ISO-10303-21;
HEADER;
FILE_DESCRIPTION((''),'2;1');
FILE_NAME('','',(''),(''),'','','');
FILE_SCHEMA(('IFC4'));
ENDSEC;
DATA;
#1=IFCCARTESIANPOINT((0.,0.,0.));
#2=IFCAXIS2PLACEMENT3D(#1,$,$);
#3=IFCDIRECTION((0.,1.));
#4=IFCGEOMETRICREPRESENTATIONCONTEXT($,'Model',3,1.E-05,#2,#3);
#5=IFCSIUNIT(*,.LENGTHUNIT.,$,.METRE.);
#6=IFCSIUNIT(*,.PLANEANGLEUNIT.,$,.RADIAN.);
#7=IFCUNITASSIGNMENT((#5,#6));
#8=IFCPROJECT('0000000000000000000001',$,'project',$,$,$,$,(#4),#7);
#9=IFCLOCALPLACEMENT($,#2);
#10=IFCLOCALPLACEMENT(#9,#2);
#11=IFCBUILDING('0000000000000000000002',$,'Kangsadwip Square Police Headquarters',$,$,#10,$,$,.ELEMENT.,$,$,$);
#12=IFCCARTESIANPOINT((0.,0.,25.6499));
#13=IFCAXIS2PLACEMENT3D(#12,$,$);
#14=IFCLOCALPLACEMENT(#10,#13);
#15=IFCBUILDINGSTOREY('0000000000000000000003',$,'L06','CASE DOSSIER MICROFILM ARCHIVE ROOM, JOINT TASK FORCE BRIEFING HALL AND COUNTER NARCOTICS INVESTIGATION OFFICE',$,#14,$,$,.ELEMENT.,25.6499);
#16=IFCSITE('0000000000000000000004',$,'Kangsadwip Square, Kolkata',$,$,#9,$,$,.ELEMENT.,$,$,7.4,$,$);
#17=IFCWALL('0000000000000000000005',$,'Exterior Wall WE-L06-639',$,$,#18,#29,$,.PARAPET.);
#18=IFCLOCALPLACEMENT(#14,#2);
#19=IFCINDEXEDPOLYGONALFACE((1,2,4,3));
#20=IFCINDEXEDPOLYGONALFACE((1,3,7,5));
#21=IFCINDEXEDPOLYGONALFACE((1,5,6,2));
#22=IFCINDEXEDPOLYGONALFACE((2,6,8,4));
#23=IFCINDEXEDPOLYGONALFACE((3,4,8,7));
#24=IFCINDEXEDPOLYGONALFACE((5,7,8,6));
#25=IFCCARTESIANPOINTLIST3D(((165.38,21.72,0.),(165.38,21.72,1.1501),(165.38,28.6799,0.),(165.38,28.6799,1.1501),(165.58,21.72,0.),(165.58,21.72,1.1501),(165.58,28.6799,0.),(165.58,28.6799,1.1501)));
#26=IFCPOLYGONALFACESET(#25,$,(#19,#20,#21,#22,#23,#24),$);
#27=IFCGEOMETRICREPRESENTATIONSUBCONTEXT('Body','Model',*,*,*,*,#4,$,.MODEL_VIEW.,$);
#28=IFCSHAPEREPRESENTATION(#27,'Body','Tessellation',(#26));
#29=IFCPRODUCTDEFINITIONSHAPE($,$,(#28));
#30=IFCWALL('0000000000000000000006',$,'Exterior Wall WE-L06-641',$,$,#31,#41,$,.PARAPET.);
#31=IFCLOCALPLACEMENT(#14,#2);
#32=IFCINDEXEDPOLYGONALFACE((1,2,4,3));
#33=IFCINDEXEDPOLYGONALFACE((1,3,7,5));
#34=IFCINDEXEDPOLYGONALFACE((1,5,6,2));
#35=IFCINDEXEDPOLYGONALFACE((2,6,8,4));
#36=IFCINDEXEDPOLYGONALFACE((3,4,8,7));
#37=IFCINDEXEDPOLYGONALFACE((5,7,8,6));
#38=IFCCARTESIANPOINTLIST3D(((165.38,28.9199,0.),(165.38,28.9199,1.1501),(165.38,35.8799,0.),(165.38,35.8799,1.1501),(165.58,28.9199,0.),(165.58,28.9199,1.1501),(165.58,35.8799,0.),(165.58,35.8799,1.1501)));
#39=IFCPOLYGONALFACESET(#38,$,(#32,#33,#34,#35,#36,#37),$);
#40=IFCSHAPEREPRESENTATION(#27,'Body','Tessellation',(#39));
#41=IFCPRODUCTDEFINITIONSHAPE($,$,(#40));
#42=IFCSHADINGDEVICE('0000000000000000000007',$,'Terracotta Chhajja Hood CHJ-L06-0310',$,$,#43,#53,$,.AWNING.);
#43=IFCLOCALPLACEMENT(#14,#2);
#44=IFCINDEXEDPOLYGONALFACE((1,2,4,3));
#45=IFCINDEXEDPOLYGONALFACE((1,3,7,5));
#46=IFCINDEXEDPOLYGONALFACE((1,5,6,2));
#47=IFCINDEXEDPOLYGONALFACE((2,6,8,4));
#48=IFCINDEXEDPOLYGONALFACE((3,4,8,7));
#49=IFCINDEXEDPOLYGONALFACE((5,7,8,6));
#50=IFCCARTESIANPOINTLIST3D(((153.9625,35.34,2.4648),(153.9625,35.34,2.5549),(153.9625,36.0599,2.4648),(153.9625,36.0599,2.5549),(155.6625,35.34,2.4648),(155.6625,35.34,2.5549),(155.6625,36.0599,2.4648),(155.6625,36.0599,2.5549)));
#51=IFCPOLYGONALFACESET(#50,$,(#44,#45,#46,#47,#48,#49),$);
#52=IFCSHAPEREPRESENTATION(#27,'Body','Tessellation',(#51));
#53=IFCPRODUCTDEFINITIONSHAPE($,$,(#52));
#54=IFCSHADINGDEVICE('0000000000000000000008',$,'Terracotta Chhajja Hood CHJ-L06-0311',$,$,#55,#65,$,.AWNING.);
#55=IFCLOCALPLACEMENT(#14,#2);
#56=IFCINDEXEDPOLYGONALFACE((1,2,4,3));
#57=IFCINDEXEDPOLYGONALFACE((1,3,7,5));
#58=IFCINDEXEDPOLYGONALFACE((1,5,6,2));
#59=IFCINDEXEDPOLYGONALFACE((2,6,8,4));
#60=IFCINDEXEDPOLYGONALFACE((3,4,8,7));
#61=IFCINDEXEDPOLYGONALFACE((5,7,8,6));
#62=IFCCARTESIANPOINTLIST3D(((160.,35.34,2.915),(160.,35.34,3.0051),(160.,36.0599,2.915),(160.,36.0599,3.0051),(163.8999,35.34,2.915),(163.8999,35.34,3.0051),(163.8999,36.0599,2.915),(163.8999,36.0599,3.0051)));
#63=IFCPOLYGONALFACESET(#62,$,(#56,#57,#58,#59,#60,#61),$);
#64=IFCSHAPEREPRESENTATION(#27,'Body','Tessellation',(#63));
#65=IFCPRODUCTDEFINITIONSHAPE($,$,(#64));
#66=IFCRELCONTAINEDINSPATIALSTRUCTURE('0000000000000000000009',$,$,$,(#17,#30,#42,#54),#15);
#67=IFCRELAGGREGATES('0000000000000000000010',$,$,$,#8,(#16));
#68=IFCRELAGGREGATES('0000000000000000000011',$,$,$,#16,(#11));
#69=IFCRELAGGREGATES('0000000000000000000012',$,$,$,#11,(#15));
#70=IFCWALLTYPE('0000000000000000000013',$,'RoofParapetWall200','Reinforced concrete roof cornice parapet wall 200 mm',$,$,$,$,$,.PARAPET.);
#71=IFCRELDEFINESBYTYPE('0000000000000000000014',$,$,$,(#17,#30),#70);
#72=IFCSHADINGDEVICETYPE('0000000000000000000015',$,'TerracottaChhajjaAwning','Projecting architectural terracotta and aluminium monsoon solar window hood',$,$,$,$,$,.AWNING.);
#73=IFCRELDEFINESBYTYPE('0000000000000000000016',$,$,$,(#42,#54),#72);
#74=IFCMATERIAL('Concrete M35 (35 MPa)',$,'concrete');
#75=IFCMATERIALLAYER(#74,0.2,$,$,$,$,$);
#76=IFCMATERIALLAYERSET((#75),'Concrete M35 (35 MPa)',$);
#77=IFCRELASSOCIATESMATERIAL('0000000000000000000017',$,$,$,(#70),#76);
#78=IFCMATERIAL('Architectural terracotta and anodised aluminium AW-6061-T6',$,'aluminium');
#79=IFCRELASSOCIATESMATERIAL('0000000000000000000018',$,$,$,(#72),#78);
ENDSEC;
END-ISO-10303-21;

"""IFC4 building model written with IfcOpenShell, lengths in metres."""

from ifc_helpers import new_model, si_unit, direction, frame, frame_2d, origin, origin_2d, place, context, subcontext, project, spatial, rectangle, extrude, material, layer, layer_set, type_object, element, save


model = new_model("IFC4")

# Units and contexts
model_context = context("Model", 3, precision=1e-05, world=origin(), true_north=direction((0.0, 1.0)))
body_context = subcontext(model_context, "Body", "Model", "MODEL_VIEW")
ifc_project = project(units=[si_unit("LENGTHUNIT", "METRE"), si_unit("PLANEANGLEUNIT", "RADIAN")], contexts=[model_context])

# Site, building, storey
site_placement = place(None, origin())
site = spatial("IfcSite", under=ifc_project, at=site_placement, Name="Kangsadwip Square, Kolkata", CompositionType="ELEMENT", RefElevation=7.4)
building_placement = place(site_placement, origin())
building = spatial("IfcBuilding", under=site, at=building_placement, Name="Kangsadwip Square Police Headquarters", CompositionType="ELEMENT")
storey_placement = place(building_placement, frame((0.0, 0.0, 25.6499)))
storey = spatial("IfcBuildingStorey", under=building, at=storey_placement, Name="L06", Description="CASE DOSSIER MICROFILM ARCHIVE ROOM, JOINT TASK FORCE BRIEFING HALL AND COUNTER NARCOTICS INVESTIGATION OFFICE", CompositionType="ELEMENT", Elevation=25.6499)

# Walls
ifc_material_1 = material(Name="Concrete M35 (35 MPa)", Category="concrete")
ifc_layer_1 = layer(ifc_material_1, 0.2)
ifc_layer_set_1 = layer_set([ifc_layer_1], Name="Concrete M35 (35 MPa)")
wall_type_1 = type_object("IfcWallType", Name="RoofParapetWall200", Description="Reinforced concrete roof cornice parapet wall 200 mm", PredefinedType="PARAPET", material=ifc_layer_set_1)
for number, where, z_axis, x_axis, name in (
    (1, (165.48, 21.72, 0.0), (0.0, 0.0, 1.0), (0.0, 1.0, 0.0), "Exterior Wall WE-L06-639"),
    (2, (165.48, 28.9199, 0.0), (0.0, 0.0, 1.0), (0.0, 1.0, 0.0), "Exterior Wall WE-L06-641"),
):
    element("IfcWall", number, at=place(storey_placement, frame(where, z_axis=z_axis, x_axis=x_axis)), inside=storey, type_object=wall_type_1, Name=name, PredefinedType="PARAPET", context=body_context, shape_type="SweptSolid", body=[
        extrude(rectangle(XDim=6.96, YDim=0.2, at=frame_2d((3.48, 0.0))), origin(), (0.0, 0.0, 1.0), 1.1501),
    ])

# Shading devices
ifc_material_2 = material(Name="Architectural terracotta and anodised aluminium AW-6061-T6", Category="aluminium")
shading_device_type = type_object("IfcShadingDeviceType", Name="TerracottaChhajjaAwning", Description="Projecting architectural terracotta and aluminium monsoon solar window hood", PredefinedType="AWNING", material=ifc_material_2)
shading_device_1_placement = place(storey_placement, frame((154.8125, 35.7, 2.4648), z_axis=(0.0, 0.0, 1.0), x_axis=(1.0, 0.0, 0.0)))
element("IfcShadingDevice", 3, at=shading_device_1_placement, inside=storey, type_object=shading_device_type, Name="Terracotta Chhajja Hood CHJ-L06-0310", PredefinedType="AWNING", context=body_context, shape_type="SweptSolid", body=[
    extrude(rectangle(XDim=1.7, YDim=0.72, at=origin_2d()), origin(), (0.0, 0.0, 1.0), 0.0901),
])
shading_device_2_placement = place(storey_placement, frame((161.95, 35.7, 2.915), z_axis=(0.0, 0.0, 1.0), x_axis=(1.0, 0.0, 0.0)))
element("IfcShadingDevice", 4, at=shading_device_2_placement, inside=storey, type_object=shading_device_type, Name="Terracotta Chhajja Hood CHJ-L06-0311", PredefinedType="AWNING", context=body_context, shape_type="SweptSolid", body=[
    extrude(rectangle(XDim=3.8999, YDim=0.72, at=origin_2d()), origin(), (0.0, 0.0, 1.0), 0.0901),
])

save(model, "model.ifc")
